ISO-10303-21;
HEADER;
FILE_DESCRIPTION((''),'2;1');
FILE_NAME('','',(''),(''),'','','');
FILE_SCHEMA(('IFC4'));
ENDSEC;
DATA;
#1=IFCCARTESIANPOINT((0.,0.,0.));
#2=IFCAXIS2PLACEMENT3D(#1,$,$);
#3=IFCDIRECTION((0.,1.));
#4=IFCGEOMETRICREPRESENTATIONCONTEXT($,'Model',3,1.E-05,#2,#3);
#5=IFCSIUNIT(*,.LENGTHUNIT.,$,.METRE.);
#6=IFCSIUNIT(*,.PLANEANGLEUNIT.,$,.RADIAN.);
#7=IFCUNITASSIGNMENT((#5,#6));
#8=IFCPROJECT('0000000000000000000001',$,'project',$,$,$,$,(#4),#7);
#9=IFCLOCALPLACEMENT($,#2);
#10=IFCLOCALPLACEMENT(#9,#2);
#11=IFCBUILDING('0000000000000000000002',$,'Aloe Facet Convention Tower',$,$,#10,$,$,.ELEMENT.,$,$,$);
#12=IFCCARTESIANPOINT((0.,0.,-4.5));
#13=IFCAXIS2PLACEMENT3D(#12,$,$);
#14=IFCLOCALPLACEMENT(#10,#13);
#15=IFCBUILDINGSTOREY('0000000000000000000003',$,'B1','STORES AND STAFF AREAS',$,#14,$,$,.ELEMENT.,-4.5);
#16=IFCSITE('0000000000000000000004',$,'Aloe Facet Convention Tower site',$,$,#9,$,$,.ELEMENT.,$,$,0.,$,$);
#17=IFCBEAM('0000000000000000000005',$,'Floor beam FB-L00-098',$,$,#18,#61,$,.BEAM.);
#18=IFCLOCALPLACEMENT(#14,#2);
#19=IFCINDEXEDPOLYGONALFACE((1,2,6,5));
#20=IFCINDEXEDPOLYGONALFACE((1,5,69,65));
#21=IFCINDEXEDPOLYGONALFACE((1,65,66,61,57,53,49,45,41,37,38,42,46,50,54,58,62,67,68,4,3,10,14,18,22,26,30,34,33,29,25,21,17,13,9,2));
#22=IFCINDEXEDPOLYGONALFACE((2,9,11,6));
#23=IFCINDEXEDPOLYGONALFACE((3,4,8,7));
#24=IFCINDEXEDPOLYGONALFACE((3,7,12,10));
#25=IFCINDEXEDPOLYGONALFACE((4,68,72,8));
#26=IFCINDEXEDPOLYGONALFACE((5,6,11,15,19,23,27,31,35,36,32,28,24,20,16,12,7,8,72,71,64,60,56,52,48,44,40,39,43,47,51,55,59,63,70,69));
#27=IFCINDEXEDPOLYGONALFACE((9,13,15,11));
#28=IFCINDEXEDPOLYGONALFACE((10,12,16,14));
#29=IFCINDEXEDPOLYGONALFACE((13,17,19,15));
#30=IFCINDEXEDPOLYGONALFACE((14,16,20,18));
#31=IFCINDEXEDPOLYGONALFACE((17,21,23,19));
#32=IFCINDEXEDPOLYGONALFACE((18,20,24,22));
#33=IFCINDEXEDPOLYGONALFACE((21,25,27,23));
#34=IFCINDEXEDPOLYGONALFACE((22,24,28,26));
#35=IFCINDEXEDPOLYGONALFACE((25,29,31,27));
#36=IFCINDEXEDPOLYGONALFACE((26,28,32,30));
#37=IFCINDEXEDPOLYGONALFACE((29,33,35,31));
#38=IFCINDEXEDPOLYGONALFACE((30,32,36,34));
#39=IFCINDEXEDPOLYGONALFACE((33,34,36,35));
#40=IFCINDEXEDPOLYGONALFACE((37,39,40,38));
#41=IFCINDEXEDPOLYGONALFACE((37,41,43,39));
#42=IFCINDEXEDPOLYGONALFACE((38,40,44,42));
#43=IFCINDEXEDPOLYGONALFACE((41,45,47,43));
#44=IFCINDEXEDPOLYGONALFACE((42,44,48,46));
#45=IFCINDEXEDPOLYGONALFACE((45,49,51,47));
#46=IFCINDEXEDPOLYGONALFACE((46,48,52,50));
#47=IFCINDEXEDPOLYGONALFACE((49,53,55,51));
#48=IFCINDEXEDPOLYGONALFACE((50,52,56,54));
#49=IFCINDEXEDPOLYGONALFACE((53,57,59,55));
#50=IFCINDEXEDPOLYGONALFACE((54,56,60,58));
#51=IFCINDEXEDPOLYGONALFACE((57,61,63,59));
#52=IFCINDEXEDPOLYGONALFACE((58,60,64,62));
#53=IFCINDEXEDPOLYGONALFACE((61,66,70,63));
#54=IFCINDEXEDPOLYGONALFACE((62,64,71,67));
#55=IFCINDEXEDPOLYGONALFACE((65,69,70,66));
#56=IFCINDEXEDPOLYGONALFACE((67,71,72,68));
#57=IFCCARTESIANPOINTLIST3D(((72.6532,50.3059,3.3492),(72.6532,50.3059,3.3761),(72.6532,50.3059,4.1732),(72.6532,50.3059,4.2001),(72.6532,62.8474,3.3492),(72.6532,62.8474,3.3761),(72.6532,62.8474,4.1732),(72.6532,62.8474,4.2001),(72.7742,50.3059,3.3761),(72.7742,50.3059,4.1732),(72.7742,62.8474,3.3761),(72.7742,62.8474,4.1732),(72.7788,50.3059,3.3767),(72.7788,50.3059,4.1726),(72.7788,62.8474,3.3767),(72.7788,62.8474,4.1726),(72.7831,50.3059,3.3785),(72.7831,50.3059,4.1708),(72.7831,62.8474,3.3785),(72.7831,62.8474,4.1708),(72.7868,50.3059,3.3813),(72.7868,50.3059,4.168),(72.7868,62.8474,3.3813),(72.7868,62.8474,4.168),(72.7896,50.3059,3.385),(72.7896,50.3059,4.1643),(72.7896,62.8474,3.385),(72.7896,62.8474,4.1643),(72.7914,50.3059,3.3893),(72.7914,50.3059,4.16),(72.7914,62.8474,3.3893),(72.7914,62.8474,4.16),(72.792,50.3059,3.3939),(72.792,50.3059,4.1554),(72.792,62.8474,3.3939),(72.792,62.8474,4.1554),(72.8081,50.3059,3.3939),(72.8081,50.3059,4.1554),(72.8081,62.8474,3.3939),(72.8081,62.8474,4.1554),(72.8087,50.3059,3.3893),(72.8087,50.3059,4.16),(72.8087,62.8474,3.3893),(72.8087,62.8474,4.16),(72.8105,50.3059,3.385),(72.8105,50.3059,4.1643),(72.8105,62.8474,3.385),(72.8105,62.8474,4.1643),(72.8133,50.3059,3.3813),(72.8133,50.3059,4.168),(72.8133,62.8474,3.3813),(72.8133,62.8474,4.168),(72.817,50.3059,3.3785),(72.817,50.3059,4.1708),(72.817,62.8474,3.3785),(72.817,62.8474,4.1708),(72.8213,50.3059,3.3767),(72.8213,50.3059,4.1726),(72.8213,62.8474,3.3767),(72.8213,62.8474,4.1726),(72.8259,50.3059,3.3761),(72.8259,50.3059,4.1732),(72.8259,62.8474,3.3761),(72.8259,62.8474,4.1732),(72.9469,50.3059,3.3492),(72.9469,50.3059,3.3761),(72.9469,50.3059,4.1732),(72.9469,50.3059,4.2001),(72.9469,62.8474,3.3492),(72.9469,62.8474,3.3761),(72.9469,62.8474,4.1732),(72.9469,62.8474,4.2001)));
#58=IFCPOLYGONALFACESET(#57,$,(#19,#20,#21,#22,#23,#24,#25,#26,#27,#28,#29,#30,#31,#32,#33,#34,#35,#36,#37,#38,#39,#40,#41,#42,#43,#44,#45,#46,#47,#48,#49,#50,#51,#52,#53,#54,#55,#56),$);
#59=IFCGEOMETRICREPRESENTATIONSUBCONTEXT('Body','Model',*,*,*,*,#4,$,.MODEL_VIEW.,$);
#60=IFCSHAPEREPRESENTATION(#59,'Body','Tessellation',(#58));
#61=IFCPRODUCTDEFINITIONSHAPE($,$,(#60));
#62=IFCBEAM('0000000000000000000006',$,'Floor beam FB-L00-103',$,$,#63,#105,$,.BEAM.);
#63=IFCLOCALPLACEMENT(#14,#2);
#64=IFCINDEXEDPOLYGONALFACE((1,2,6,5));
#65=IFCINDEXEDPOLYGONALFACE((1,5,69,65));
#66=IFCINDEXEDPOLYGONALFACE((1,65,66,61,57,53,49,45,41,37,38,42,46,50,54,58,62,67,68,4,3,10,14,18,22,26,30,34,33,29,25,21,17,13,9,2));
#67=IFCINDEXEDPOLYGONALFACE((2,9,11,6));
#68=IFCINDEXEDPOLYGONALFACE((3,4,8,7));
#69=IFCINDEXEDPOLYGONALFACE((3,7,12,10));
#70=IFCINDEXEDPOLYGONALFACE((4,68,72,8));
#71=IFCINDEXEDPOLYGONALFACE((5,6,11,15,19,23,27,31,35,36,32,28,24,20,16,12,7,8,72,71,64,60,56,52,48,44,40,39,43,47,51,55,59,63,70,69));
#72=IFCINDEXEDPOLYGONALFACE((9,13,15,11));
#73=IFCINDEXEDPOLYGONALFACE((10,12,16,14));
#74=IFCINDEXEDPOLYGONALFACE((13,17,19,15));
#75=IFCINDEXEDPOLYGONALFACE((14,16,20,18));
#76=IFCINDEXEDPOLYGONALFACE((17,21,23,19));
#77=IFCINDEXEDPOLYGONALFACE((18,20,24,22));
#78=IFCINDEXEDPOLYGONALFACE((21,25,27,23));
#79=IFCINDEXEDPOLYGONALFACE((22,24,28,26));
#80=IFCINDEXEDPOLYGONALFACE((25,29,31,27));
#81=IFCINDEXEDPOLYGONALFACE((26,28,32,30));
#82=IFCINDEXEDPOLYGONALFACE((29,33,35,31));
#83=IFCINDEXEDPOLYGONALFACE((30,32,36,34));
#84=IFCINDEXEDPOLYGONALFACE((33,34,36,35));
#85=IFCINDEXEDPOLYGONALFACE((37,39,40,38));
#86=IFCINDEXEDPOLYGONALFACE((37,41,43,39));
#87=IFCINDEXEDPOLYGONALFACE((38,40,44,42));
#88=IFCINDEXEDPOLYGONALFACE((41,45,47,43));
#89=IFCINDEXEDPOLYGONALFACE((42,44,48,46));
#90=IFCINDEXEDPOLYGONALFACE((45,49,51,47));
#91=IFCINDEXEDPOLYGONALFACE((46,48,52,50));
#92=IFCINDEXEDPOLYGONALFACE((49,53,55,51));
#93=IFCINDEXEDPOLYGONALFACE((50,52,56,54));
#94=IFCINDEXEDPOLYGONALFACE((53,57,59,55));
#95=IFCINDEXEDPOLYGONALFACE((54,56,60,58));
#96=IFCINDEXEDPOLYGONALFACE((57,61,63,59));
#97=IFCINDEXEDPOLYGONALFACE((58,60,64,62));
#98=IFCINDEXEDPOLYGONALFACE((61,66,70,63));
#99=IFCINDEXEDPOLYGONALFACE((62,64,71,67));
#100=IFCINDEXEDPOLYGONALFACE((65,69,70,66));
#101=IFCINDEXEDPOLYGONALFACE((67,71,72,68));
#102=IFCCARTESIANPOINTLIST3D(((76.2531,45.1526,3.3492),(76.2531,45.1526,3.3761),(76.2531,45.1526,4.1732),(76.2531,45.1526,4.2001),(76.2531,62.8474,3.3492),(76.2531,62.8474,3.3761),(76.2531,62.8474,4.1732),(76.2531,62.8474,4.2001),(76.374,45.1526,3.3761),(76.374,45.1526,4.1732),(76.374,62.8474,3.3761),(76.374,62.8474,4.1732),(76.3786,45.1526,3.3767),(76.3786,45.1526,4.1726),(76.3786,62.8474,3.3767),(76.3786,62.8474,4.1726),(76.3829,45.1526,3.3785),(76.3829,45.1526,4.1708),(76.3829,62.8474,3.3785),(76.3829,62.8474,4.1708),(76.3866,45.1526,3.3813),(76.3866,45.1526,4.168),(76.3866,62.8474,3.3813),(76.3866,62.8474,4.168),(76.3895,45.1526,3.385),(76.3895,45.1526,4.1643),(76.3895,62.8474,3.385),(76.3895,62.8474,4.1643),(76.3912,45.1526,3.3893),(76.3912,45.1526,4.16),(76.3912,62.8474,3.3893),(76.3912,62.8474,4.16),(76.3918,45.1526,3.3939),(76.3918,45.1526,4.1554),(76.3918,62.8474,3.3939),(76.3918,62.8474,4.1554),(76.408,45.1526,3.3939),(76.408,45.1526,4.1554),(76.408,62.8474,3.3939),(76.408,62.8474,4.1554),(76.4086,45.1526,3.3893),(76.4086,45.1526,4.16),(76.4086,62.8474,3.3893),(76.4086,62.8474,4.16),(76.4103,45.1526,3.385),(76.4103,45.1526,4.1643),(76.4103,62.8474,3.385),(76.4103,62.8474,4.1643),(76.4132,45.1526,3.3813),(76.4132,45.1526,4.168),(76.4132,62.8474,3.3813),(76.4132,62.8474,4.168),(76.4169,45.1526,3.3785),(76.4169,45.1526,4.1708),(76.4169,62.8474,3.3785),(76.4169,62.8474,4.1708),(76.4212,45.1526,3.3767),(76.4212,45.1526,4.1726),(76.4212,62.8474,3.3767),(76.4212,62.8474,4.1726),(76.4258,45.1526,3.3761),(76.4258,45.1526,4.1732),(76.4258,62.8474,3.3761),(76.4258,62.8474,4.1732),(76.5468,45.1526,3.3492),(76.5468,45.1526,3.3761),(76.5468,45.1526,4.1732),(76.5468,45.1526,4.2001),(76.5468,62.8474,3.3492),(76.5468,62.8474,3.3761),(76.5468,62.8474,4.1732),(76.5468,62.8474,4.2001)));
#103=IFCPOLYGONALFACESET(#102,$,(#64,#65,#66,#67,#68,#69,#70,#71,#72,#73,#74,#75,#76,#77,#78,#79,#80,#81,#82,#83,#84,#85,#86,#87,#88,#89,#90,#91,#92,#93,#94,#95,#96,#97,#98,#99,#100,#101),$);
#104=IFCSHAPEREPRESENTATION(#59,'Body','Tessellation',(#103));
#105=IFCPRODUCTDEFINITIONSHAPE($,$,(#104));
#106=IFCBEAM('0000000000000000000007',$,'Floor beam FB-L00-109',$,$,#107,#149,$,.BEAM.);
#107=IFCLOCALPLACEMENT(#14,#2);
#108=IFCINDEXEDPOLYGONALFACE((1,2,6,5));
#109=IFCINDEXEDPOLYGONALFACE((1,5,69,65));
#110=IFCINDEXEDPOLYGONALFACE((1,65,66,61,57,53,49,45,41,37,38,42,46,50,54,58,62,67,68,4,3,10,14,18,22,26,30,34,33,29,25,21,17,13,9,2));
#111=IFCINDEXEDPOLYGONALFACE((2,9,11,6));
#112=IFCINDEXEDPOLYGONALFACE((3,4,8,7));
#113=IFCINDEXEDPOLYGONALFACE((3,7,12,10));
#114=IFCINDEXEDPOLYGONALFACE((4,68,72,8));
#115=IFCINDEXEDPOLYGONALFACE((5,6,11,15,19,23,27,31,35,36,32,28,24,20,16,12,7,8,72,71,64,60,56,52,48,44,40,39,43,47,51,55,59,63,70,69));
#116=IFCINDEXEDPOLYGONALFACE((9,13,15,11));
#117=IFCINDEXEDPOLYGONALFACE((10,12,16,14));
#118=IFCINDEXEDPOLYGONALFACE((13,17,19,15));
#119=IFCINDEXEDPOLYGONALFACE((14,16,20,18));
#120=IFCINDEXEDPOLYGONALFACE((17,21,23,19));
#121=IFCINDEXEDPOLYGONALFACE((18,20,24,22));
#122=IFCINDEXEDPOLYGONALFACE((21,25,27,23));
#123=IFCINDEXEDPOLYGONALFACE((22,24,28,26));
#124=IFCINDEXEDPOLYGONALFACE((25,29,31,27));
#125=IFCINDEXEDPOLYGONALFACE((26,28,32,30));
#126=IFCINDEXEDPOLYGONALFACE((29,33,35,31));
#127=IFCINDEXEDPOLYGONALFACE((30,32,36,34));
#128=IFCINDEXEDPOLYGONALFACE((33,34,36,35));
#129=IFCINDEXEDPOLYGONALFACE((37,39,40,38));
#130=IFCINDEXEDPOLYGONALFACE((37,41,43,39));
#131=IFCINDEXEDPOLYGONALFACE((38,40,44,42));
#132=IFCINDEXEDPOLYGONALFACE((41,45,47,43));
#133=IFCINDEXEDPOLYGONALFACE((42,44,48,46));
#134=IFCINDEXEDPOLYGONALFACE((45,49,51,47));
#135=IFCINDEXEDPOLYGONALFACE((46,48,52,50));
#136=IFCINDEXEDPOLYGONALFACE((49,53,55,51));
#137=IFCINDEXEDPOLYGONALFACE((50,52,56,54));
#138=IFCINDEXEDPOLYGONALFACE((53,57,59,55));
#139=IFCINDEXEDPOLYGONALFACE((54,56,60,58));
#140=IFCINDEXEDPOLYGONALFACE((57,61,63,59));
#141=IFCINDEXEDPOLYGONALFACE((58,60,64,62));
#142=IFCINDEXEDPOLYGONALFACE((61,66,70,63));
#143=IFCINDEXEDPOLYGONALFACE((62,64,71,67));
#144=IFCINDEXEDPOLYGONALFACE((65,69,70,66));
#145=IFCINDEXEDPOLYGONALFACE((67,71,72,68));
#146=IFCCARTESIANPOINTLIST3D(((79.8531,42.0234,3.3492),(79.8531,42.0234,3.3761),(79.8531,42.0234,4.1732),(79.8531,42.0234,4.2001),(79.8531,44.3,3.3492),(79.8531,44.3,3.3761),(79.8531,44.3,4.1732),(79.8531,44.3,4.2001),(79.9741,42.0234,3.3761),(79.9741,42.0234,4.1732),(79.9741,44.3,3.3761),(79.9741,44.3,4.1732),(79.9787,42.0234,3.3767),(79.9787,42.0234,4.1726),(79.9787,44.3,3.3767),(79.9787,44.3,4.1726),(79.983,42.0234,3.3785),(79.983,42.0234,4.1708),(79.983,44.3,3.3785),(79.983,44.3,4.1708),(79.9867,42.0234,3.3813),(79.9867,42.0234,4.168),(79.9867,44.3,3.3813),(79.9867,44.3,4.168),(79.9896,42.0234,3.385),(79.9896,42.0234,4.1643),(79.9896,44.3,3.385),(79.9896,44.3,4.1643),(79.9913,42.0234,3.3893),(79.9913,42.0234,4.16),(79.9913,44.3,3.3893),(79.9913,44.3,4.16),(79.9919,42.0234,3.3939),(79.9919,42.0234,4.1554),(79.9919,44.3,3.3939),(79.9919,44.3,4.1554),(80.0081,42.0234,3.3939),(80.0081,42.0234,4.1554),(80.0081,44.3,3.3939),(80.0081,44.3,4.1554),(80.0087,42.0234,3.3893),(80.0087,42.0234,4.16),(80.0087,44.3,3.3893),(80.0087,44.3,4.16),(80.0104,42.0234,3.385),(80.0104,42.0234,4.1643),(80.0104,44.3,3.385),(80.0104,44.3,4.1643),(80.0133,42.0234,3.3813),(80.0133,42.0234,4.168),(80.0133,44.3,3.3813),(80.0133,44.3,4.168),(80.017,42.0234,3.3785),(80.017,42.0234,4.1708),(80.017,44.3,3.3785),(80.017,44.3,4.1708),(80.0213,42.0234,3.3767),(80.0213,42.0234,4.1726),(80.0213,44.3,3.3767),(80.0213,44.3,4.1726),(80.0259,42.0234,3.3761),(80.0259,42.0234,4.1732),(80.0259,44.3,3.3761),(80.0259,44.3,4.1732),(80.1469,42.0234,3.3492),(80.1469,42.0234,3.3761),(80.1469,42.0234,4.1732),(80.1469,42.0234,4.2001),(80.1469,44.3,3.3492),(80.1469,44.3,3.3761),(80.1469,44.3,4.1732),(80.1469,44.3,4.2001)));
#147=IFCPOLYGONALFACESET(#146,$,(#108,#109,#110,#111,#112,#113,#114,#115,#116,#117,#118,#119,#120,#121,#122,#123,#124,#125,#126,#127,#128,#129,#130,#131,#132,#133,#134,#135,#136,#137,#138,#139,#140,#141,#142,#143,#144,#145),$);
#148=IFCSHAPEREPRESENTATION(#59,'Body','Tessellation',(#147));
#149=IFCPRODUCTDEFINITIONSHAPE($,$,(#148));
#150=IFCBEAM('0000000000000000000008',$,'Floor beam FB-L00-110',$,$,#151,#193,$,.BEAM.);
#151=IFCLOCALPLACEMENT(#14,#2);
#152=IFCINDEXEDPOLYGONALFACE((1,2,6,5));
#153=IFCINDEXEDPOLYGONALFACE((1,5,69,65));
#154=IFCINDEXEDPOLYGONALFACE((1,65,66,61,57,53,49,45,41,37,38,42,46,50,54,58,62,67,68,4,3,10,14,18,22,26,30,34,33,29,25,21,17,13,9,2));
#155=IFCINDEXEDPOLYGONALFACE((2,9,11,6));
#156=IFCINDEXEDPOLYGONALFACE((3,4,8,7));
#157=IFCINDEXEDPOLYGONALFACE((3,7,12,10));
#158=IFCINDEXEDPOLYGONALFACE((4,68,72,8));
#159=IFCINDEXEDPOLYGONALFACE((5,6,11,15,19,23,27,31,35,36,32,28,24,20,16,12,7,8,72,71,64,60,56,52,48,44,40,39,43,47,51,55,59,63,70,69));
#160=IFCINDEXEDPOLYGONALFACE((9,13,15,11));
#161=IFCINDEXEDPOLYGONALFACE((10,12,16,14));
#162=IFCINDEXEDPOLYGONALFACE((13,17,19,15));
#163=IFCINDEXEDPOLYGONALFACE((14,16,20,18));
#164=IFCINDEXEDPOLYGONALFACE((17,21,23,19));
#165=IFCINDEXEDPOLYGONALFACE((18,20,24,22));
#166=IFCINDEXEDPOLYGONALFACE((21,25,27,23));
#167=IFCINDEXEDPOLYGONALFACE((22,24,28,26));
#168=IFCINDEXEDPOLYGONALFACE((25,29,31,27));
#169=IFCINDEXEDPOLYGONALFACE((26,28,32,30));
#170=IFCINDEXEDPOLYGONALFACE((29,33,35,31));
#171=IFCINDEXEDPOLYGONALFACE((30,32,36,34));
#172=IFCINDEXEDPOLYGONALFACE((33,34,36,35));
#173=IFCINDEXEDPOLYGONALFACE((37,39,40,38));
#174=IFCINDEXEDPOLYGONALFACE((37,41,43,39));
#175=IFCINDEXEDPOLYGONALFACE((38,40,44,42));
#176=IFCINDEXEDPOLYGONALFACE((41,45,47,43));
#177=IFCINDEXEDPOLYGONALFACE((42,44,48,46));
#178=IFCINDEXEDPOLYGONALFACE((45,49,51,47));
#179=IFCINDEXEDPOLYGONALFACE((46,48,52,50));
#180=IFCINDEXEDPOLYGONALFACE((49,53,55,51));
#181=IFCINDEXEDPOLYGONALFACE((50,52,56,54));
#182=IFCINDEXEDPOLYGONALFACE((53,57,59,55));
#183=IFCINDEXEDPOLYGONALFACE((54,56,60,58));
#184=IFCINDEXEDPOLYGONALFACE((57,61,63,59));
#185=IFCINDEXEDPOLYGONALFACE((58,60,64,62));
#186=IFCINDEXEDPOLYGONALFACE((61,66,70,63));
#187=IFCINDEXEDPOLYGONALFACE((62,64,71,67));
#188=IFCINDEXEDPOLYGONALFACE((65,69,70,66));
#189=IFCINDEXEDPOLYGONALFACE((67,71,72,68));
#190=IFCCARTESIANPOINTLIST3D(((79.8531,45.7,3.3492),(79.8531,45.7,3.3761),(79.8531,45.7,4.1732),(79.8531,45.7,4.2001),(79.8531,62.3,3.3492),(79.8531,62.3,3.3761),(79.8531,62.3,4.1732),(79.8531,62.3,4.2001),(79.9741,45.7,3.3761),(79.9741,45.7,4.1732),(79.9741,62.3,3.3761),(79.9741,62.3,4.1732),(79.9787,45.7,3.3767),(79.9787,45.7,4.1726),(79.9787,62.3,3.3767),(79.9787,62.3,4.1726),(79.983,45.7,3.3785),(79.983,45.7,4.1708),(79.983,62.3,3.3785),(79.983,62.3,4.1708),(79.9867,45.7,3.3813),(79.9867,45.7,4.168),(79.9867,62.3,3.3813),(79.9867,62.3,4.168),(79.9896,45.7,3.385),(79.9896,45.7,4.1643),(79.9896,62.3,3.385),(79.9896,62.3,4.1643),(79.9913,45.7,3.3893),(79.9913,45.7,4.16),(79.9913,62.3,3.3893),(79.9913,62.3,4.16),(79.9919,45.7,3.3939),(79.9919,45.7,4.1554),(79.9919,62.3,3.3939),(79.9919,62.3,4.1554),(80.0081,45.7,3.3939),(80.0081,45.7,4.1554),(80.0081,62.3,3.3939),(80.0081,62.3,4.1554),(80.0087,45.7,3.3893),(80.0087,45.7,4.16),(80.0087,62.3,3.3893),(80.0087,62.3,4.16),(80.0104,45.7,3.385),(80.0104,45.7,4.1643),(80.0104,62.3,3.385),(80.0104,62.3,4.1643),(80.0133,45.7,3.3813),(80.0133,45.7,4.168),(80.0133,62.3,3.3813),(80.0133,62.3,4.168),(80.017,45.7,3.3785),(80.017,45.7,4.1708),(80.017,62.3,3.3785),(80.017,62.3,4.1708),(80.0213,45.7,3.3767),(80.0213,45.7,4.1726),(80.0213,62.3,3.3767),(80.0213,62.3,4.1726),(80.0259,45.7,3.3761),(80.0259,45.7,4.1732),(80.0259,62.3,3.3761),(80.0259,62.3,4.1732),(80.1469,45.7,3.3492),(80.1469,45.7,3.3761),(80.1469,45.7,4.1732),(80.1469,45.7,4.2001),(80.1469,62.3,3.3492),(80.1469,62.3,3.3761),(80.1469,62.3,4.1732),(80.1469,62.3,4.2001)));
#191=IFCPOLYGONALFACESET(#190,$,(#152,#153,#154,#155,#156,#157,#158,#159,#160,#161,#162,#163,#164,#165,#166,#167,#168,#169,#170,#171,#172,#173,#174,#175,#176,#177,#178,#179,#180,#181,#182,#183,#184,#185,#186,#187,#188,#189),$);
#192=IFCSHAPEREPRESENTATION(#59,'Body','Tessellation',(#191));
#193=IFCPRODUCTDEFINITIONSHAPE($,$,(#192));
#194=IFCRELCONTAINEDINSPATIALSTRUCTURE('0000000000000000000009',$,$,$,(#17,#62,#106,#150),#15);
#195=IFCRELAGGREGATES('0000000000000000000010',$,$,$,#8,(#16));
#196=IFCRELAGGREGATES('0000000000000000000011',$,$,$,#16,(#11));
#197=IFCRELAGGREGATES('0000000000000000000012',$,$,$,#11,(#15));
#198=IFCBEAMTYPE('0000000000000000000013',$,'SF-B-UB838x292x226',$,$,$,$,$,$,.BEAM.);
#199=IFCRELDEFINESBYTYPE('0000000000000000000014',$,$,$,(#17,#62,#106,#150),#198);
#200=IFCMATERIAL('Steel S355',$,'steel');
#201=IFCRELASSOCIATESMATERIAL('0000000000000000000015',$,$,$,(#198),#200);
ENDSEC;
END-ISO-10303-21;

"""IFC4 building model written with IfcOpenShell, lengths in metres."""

from ifc_helpers import new_model, si_unit, direction, frame, origin, origin_2d, place, context, subcontext, project, spatial, i_section, extrude, material, material_profile, profile_set, type_object, element, save


model = new_model("IFC4")

# Units and contexts
model_context = context("Model", 3, precision=1e-05, world=origin(), true_north=direction((0.0, 1.0)))
body_context = subcontext(model_context, "Body", "Model", "MODEL_VIEW")
ifc_project = project(units=[si_unit("LENGTHUNIT", "METRE"), si_unit("PLANEANGLEUNIT", "RADIAN")], contexts=[model_context])

# Site, building, storey
site_placement = place(None, origin())
site = spatial("IfcSite", under=ifc_project, at=site_placement, Name="Aloe Facet Convention Tower site", CompositionType="ELEMENT", RefElevation=0.0)
building_placement = place(site_placement, origin())
building = spatial("IfcBuilding", under=site, at=building_placement, Name="Aloe Facet Convention Tower", CompositionType="ELEMENT")
storey_placement = place(building_placement, frame((0.0, 0.0, -4.5)))
storey = spatial("IfcBuildingStorey", under=building, at=storey_placement, Name="B1", Description="STORES AND STAFF AREAS", CompositionType="ELEMENT", Elevation=-4.5)

# Beams
ifc_material_1 = material(Name="Steel S355", Category="steel")
ifc_material_profile_1 = material_profile(ifc_material_1, i_section(OverallWidth=0.2937, OverallDepth=0.8508, WebThickness=0.0161, FlangeThickness=0.0269, FilletRadius=0.0178, at=origin_2d()), Name="UB 838x292x226")
ifc_profile_set_1 = profile_set([ifc_material_profile_1], Name="Steel S355")
beam_type_1 = type_object("IfcBeamType", Name="SF-B-UB838x292x226", PredefinedType="BEAM", material=ifc_profile_set_1)
beam_1_placement = place(storey_placement, frame((72.8, 50.3059, 3.7747), z_axis=(0.0, 1.0, 0.0), x_axis=(-1.0, 0.0, 0.0)))
element("IfcBeam", 1, at=beam_1_placement, inside=storey, type_object=beam_type_1, Name="Floor beam FB-L00-098", PredefinedType="BEAM", context=body_context, shape_type="SweptSolid", body=[
    extrude(i_section(OverallWidth=0.2937, OverallDepth=0.8508, WebThickness=0.0161, FlangeThickness=0.0269, FilletRadius=0.0178, at=origin_2d()), origin(), (0.0, 0.0, 1.0), 12.5415),
])
beam_2_placement = place(storey_placement, frame((76.3999, 45.1526, 3.7747), z_axis=(0.0, 1.0, 0.0), x_axis=(-1.0, 0.0, 0.0)))
element("IfcBeam", 2, at=beam_2_placement, inside=storey, type_object=beam_type_1, Name="Floor beam FB-L00-103", PredefinedType="BEAM", context=body_context, shape_type="SweptSolid", body=[
    extrude(i_section(OverallWidth=0.2937, OverallDepth=0.8508, WebThickness=0.0161, FlangeThickness=0.0269, FilletRadius=0.0178, at=origin_2d()), origin(), (0.0, 0.0, 1.0), 17.6948),
])
beam_3_placement = place(storey_placement, frame((80.0, 42.0234, 3.7747), z_axis=(0.0, 1.0, 0.0), x_axis=(-1.0, 0.0, 0.0)))
element("IfcBeam", 3, at=beam_3_placement, inside=storey, type_object=beam_type_1, Name="Floor beam FB-L00-109", PredefinedType="BEAM", context=body_context, shape_type="SweptSolid", body=[
    extrude(i_section(OverallWidth=0.2937, OverallDepth=0.8508, WebThickness=0.0161, FlangeThickness=0.0269, FilletRadius=0.0178, at=origin_2d()), origin(), (0.0, 0.0, 1.0), 2.2766),
])
beam_4_placement = place(storey_placement, frame((80.0, 45.7, 3.7747), z_axis=(0.0, 1.0, 0.0), x_axis=(-1.0, 0.0, 0.0)))
element("IfcBeam", 4, at=beam_4_placement, inside=storey, type_object=beam_type_1, Name="Floor beam FB-L00-110", PredefinedType="BEAM", context=body_context, shape_type="SweptSolid", body=[
    extrude(i_section(OverallWidth=0.2937, OverallDepth=0.8508, WebThickness=0.0161, FlangeThickness=0.0269, FilletRadius=0.0178, at=origin_2d()), origin(), (0.0, 0.0, 1.0), 16.6001),
])

save(model, "model.ifc")
